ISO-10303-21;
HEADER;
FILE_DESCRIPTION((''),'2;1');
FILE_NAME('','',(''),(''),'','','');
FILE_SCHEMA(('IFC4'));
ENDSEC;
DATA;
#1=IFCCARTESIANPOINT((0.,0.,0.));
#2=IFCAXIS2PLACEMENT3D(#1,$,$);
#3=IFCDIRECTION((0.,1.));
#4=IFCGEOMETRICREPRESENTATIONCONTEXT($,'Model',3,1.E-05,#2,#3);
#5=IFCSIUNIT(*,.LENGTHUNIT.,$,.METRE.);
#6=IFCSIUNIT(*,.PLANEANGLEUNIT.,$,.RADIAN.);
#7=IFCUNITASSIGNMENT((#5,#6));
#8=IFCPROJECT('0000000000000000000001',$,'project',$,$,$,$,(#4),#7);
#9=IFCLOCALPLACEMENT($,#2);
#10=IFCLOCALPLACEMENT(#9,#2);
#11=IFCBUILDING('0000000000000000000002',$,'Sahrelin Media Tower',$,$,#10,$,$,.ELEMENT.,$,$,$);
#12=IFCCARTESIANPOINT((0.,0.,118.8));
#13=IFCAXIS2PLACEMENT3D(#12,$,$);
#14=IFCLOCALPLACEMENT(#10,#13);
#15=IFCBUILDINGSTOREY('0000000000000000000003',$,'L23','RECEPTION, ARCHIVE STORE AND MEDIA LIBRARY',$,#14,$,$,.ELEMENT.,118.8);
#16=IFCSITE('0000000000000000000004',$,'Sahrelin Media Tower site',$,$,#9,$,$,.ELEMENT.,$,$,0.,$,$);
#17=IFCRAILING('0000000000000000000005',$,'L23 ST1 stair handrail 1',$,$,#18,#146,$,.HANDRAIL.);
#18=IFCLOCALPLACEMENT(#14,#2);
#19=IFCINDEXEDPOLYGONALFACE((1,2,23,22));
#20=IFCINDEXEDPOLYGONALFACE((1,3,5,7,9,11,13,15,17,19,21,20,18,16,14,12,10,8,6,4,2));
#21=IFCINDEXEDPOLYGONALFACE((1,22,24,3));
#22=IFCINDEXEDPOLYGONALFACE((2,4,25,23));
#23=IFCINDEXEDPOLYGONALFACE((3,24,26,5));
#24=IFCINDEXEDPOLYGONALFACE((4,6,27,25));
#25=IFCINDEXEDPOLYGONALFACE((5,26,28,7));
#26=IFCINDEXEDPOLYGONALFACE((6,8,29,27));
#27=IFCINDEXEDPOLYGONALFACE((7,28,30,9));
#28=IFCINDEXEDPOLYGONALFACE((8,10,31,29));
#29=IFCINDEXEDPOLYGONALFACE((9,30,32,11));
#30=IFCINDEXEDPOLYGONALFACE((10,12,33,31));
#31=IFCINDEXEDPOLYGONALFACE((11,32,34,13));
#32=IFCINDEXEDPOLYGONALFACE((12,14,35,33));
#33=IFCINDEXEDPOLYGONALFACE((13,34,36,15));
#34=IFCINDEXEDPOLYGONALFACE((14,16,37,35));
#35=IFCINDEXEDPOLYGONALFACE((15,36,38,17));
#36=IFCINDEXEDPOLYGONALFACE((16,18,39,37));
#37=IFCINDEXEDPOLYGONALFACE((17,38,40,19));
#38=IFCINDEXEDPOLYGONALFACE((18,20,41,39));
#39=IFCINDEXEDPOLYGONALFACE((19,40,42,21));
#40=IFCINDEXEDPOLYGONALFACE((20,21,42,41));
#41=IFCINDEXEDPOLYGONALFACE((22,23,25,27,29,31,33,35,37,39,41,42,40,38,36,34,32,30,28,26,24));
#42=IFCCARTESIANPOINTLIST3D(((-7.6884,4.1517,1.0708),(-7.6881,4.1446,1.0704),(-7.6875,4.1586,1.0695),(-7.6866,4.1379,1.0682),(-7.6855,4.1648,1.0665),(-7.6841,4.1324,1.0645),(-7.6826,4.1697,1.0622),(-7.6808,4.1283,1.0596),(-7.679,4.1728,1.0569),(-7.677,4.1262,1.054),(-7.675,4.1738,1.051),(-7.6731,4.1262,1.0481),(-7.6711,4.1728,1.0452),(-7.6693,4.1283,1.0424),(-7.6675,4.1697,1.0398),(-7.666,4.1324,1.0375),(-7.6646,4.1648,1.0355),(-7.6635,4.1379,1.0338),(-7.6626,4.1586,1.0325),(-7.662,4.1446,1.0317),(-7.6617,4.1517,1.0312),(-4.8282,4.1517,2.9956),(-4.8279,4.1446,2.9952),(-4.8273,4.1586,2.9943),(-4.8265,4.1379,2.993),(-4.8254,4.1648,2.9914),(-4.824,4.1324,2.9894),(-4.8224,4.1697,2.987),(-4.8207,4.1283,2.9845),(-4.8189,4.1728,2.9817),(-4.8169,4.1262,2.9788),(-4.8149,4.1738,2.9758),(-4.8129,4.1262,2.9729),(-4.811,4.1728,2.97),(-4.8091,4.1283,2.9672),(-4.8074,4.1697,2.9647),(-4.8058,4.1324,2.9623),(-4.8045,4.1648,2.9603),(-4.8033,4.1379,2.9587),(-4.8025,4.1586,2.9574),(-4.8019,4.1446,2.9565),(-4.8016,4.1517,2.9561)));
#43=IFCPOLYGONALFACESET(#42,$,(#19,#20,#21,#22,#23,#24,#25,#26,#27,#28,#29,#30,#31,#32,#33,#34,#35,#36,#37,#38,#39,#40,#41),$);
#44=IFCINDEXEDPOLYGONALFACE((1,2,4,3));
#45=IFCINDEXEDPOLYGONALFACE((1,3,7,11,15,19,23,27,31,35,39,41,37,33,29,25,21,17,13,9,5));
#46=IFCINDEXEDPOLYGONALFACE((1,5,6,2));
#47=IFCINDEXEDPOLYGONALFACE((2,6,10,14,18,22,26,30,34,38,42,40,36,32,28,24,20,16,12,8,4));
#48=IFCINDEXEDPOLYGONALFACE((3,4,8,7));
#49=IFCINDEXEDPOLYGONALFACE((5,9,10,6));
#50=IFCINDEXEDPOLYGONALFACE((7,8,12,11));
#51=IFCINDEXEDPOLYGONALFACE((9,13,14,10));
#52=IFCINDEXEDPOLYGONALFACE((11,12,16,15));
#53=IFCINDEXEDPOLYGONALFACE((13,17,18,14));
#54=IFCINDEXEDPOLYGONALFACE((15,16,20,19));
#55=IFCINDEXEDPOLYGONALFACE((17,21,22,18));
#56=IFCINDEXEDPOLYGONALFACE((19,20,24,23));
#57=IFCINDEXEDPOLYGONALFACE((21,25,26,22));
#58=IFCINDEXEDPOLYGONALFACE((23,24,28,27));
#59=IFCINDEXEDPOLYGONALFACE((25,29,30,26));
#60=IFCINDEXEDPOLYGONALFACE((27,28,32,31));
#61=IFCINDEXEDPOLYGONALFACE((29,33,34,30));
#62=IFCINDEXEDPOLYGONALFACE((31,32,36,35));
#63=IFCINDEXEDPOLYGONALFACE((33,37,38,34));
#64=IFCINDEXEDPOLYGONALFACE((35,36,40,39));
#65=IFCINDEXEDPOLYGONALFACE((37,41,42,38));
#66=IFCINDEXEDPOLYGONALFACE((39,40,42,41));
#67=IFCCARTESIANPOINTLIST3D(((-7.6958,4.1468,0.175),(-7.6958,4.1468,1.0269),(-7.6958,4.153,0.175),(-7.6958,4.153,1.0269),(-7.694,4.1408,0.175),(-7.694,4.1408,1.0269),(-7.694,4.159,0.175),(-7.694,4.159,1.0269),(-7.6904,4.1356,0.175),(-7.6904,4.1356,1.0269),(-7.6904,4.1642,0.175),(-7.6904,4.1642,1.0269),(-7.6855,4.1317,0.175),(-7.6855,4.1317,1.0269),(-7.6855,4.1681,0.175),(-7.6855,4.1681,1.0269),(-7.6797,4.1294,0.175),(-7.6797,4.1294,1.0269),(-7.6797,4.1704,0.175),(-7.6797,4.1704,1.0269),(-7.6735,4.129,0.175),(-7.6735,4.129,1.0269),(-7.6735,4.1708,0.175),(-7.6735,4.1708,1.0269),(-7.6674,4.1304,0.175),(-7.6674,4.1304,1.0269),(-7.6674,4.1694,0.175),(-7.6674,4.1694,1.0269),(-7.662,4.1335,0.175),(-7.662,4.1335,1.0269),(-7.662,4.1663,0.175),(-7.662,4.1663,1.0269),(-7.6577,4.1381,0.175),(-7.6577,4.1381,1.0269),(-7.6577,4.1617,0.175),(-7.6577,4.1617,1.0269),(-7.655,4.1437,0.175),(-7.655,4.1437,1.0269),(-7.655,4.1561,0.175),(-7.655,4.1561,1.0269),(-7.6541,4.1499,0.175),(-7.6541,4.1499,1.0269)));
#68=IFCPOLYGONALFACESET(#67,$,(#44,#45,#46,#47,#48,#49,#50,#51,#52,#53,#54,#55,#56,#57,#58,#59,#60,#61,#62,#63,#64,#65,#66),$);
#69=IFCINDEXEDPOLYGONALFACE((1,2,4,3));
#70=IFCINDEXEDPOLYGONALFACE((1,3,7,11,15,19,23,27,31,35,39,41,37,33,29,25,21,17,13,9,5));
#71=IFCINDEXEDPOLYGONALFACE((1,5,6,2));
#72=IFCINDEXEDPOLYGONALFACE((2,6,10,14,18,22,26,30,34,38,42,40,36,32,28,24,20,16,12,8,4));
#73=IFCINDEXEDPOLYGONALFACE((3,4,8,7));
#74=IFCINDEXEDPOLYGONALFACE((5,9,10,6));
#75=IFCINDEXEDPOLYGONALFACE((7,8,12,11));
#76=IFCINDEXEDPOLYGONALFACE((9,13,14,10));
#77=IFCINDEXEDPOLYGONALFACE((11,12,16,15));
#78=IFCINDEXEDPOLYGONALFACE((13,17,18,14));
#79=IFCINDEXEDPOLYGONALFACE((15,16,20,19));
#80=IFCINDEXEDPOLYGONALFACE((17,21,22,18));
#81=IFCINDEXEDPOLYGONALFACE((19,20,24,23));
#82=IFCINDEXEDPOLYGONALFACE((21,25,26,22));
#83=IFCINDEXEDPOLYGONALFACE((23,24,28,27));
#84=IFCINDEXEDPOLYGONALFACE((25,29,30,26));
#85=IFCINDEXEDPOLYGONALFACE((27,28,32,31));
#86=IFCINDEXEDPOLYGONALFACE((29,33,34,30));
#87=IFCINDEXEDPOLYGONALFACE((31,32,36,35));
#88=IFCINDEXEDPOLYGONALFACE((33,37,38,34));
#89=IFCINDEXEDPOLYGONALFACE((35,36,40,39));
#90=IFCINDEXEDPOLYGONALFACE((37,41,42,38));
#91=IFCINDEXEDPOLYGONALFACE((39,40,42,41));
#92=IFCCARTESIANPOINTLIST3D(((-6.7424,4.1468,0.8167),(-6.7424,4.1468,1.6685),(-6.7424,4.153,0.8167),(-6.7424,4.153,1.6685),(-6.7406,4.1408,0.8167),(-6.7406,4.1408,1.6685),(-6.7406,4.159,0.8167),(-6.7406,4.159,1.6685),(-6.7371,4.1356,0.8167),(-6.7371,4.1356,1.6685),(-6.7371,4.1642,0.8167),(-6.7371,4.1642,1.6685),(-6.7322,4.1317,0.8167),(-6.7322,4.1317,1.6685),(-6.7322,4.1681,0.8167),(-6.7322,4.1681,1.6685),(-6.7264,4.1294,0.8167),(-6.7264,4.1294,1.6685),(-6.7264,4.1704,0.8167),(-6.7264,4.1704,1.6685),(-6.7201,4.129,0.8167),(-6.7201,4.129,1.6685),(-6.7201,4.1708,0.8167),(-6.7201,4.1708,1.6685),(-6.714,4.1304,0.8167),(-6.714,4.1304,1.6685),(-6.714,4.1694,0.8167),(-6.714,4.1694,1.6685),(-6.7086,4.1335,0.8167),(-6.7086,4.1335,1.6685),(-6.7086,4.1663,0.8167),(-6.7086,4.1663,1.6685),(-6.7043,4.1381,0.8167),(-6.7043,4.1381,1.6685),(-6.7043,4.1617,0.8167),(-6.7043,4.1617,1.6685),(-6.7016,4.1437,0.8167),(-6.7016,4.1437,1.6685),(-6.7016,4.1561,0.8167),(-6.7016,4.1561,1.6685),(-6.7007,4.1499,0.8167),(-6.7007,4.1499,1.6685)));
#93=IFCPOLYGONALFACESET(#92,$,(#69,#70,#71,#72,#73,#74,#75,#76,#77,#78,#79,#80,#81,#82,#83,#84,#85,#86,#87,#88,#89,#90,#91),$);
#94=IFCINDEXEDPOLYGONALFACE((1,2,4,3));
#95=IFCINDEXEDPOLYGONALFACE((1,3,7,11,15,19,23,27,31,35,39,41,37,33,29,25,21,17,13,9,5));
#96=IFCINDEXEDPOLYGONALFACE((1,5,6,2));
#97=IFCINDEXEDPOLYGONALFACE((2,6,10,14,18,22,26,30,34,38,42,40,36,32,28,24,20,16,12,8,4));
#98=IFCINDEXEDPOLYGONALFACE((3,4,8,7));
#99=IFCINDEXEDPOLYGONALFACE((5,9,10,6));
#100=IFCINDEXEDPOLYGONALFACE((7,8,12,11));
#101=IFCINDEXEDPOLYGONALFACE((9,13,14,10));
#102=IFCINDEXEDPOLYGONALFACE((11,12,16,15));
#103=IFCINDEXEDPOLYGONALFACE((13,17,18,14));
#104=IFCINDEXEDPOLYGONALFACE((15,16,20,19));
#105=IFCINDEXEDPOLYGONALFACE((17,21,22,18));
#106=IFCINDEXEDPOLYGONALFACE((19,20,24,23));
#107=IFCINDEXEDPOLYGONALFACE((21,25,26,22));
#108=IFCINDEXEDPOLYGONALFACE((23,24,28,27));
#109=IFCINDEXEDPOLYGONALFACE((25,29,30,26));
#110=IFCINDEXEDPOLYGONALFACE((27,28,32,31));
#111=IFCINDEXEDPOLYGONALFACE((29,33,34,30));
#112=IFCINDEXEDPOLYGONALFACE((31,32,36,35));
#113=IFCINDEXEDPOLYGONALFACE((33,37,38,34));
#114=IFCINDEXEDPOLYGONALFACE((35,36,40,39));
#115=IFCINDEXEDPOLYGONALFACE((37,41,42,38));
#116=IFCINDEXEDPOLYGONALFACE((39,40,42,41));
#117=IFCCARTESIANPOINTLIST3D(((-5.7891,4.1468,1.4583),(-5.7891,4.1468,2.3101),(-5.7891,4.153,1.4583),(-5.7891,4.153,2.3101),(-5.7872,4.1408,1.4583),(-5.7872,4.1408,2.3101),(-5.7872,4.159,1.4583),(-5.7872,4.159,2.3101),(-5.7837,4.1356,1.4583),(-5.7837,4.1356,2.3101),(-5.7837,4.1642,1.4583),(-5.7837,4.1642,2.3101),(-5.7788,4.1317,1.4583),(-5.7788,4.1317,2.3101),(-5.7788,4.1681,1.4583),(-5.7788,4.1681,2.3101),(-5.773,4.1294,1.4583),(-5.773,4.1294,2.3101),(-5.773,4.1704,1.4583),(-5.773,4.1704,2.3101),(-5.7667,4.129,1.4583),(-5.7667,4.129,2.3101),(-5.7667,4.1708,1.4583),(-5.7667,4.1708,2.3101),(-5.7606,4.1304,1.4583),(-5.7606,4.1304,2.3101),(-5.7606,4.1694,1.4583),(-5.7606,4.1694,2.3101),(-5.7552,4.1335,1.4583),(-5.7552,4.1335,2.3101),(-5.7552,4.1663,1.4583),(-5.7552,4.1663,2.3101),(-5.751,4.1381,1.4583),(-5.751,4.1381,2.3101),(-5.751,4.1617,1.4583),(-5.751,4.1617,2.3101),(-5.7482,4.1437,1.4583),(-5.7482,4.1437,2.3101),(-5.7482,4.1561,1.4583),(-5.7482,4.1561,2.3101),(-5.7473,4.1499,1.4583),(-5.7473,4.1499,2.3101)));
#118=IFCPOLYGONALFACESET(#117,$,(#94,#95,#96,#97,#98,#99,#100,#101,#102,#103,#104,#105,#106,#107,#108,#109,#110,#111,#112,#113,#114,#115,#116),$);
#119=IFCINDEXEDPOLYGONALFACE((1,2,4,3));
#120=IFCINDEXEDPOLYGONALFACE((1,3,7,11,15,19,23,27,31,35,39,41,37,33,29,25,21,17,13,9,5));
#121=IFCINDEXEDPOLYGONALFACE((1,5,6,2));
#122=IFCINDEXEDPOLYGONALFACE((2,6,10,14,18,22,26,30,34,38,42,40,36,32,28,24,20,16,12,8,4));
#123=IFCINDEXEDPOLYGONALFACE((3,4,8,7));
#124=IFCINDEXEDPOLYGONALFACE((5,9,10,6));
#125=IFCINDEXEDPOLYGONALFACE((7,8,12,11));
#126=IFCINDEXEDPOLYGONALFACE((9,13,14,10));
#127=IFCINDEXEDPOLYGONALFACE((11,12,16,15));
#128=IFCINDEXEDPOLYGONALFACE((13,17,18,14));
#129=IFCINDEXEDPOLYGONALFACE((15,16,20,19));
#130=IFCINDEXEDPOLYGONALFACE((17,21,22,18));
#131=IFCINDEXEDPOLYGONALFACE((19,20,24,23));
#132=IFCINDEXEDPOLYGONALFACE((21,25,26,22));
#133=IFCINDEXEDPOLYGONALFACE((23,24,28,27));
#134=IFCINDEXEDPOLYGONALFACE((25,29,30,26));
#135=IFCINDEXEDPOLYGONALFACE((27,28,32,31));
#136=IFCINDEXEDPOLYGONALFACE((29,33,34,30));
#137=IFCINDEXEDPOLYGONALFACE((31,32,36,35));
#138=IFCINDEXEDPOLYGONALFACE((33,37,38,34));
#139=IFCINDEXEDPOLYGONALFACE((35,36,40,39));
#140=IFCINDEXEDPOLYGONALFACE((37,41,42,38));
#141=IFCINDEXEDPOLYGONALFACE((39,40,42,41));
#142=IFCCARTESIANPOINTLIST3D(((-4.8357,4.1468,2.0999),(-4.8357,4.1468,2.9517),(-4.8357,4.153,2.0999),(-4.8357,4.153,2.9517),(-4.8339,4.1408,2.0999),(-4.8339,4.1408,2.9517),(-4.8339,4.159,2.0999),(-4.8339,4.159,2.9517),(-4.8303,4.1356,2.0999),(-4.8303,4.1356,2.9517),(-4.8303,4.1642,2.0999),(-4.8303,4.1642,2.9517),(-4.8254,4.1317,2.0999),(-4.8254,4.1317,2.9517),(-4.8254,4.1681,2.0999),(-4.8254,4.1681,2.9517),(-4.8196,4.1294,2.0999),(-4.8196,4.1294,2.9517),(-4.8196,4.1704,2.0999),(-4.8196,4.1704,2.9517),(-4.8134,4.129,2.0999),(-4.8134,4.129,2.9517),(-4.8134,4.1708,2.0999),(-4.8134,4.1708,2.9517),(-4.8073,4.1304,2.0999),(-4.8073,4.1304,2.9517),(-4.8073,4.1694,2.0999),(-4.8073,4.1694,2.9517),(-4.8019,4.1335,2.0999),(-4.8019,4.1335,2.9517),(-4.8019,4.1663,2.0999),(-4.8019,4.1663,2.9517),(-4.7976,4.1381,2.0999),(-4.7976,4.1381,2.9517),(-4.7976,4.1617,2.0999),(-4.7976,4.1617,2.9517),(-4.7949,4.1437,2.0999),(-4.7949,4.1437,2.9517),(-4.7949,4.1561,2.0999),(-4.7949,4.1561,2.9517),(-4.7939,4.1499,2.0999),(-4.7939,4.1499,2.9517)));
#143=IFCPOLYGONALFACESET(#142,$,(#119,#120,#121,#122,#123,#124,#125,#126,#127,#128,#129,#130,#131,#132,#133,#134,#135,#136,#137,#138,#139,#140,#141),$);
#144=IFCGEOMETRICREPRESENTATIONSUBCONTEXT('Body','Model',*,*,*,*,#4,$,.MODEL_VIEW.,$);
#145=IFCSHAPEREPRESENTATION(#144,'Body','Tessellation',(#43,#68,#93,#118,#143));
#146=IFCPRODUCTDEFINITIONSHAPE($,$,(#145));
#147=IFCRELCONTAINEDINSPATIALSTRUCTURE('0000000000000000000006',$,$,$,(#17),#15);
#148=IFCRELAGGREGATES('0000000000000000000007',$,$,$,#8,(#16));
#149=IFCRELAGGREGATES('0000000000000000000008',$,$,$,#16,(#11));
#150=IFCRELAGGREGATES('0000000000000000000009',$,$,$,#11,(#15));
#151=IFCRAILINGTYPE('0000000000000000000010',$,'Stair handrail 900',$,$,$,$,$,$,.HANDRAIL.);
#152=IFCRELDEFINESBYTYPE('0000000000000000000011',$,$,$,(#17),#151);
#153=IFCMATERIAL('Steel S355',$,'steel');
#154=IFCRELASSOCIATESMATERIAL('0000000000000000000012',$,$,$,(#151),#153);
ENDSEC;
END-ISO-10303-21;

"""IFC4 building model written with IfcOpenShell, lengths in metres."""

from ifc_helpers import new_model, si_unit, direction, frame, origin, origin_2d, place, context, subcontext, project, spatial, circle, extrude, material, type_object, element, save


model = new_model("IFC4")

# Units and contexts
model_context = context("Model", 3, precision=1e-05, world=origin(), true_north=direction((0.0, 1.0)))
body_context = subcontext(model_context, "Body", "Model", "MODEL_VIEW")
ifc_project = project(units=[si_unit("LENGTHUNIT", "METRE"), si_unit("PLANEANGLEUNIT", "RADIAN")], contexts=[model_context])

# Site, building, storey
site_placement = place(None, origin())
site = spatial("IfcSite", under=ifc_project, at=site_placement, Name="Sahrelin Media Tower site", CompositionType="ELEMENT", RefElevation=0.0)
building_placement = place(site_placement, origin())
building = spatial("IfcBuilding", under=site, at=building_placement, Name="Sahrelin Media Tower", CompositionType="ELEMENT")
storey_placement = place(building_placement, frame((0.0, 0.0, 118.8)))
storey = spatial("IfcBuildingStorey", under=building, at=storey_placement, Name="L23", Description="RECEPTION, ARCHIVE STORE AND MEDIA LIBRARY", CompositionType="ELEMENT", Elevation=118.8)

# Shared definitions
ifc_material_1 = material(Name="Steel S355", Category="steel")

# Railing
railing_type_1 = type_object("IfcRailingType", Name="Stair handrail 900", PredefinedType="HANDRAIL", material=ifc_material_1)
railing_1_placement = place(storey_placement, frame((-7.675, 4.1499, 0.175)))
element("IfcRailing", 1, at=railing_1_placement, inside=storey, type_object=railing_type_1, Name="L23 ST1 stair handrail 1", PredefinedType="HANDRAIL", context=body_context, shape_type="SweptSolid", body=[
    extrude(circle(Radius=0.0239, at=origin_2d()), frame((0.0, 0.0, 0.876), z_axis=(0.829624, 0.0, 0.558323), x_axis=(0.0, 1.0, 0.0)), (0.0, 0.0, 1.0), 3.4475),
    extrude(circle(Radius=0.021, at=origin_2d()), origin(), (0.0, 0.0, 1.0), 0.8518),
    extrude(circle(Radius=0.021, at=origin_2d()), frame((0.9534, 0.0, 0.6416)), (0.0, 0.0, 1.0), 0.8518),
    extrude(circle(Radius=0.021, at=origin_2d()), frame((1.9067, 0.0, 1.2832)), (0.0, 0.0, 1.0), 0.8518),
    extrude(circle(Radius=0.021, at=origin_2d()), frame((2.8601, 0.0, 1.9248)), (0.0, 0.0, 1.0), 0.8518),
])

save(model, "model.ifc")
